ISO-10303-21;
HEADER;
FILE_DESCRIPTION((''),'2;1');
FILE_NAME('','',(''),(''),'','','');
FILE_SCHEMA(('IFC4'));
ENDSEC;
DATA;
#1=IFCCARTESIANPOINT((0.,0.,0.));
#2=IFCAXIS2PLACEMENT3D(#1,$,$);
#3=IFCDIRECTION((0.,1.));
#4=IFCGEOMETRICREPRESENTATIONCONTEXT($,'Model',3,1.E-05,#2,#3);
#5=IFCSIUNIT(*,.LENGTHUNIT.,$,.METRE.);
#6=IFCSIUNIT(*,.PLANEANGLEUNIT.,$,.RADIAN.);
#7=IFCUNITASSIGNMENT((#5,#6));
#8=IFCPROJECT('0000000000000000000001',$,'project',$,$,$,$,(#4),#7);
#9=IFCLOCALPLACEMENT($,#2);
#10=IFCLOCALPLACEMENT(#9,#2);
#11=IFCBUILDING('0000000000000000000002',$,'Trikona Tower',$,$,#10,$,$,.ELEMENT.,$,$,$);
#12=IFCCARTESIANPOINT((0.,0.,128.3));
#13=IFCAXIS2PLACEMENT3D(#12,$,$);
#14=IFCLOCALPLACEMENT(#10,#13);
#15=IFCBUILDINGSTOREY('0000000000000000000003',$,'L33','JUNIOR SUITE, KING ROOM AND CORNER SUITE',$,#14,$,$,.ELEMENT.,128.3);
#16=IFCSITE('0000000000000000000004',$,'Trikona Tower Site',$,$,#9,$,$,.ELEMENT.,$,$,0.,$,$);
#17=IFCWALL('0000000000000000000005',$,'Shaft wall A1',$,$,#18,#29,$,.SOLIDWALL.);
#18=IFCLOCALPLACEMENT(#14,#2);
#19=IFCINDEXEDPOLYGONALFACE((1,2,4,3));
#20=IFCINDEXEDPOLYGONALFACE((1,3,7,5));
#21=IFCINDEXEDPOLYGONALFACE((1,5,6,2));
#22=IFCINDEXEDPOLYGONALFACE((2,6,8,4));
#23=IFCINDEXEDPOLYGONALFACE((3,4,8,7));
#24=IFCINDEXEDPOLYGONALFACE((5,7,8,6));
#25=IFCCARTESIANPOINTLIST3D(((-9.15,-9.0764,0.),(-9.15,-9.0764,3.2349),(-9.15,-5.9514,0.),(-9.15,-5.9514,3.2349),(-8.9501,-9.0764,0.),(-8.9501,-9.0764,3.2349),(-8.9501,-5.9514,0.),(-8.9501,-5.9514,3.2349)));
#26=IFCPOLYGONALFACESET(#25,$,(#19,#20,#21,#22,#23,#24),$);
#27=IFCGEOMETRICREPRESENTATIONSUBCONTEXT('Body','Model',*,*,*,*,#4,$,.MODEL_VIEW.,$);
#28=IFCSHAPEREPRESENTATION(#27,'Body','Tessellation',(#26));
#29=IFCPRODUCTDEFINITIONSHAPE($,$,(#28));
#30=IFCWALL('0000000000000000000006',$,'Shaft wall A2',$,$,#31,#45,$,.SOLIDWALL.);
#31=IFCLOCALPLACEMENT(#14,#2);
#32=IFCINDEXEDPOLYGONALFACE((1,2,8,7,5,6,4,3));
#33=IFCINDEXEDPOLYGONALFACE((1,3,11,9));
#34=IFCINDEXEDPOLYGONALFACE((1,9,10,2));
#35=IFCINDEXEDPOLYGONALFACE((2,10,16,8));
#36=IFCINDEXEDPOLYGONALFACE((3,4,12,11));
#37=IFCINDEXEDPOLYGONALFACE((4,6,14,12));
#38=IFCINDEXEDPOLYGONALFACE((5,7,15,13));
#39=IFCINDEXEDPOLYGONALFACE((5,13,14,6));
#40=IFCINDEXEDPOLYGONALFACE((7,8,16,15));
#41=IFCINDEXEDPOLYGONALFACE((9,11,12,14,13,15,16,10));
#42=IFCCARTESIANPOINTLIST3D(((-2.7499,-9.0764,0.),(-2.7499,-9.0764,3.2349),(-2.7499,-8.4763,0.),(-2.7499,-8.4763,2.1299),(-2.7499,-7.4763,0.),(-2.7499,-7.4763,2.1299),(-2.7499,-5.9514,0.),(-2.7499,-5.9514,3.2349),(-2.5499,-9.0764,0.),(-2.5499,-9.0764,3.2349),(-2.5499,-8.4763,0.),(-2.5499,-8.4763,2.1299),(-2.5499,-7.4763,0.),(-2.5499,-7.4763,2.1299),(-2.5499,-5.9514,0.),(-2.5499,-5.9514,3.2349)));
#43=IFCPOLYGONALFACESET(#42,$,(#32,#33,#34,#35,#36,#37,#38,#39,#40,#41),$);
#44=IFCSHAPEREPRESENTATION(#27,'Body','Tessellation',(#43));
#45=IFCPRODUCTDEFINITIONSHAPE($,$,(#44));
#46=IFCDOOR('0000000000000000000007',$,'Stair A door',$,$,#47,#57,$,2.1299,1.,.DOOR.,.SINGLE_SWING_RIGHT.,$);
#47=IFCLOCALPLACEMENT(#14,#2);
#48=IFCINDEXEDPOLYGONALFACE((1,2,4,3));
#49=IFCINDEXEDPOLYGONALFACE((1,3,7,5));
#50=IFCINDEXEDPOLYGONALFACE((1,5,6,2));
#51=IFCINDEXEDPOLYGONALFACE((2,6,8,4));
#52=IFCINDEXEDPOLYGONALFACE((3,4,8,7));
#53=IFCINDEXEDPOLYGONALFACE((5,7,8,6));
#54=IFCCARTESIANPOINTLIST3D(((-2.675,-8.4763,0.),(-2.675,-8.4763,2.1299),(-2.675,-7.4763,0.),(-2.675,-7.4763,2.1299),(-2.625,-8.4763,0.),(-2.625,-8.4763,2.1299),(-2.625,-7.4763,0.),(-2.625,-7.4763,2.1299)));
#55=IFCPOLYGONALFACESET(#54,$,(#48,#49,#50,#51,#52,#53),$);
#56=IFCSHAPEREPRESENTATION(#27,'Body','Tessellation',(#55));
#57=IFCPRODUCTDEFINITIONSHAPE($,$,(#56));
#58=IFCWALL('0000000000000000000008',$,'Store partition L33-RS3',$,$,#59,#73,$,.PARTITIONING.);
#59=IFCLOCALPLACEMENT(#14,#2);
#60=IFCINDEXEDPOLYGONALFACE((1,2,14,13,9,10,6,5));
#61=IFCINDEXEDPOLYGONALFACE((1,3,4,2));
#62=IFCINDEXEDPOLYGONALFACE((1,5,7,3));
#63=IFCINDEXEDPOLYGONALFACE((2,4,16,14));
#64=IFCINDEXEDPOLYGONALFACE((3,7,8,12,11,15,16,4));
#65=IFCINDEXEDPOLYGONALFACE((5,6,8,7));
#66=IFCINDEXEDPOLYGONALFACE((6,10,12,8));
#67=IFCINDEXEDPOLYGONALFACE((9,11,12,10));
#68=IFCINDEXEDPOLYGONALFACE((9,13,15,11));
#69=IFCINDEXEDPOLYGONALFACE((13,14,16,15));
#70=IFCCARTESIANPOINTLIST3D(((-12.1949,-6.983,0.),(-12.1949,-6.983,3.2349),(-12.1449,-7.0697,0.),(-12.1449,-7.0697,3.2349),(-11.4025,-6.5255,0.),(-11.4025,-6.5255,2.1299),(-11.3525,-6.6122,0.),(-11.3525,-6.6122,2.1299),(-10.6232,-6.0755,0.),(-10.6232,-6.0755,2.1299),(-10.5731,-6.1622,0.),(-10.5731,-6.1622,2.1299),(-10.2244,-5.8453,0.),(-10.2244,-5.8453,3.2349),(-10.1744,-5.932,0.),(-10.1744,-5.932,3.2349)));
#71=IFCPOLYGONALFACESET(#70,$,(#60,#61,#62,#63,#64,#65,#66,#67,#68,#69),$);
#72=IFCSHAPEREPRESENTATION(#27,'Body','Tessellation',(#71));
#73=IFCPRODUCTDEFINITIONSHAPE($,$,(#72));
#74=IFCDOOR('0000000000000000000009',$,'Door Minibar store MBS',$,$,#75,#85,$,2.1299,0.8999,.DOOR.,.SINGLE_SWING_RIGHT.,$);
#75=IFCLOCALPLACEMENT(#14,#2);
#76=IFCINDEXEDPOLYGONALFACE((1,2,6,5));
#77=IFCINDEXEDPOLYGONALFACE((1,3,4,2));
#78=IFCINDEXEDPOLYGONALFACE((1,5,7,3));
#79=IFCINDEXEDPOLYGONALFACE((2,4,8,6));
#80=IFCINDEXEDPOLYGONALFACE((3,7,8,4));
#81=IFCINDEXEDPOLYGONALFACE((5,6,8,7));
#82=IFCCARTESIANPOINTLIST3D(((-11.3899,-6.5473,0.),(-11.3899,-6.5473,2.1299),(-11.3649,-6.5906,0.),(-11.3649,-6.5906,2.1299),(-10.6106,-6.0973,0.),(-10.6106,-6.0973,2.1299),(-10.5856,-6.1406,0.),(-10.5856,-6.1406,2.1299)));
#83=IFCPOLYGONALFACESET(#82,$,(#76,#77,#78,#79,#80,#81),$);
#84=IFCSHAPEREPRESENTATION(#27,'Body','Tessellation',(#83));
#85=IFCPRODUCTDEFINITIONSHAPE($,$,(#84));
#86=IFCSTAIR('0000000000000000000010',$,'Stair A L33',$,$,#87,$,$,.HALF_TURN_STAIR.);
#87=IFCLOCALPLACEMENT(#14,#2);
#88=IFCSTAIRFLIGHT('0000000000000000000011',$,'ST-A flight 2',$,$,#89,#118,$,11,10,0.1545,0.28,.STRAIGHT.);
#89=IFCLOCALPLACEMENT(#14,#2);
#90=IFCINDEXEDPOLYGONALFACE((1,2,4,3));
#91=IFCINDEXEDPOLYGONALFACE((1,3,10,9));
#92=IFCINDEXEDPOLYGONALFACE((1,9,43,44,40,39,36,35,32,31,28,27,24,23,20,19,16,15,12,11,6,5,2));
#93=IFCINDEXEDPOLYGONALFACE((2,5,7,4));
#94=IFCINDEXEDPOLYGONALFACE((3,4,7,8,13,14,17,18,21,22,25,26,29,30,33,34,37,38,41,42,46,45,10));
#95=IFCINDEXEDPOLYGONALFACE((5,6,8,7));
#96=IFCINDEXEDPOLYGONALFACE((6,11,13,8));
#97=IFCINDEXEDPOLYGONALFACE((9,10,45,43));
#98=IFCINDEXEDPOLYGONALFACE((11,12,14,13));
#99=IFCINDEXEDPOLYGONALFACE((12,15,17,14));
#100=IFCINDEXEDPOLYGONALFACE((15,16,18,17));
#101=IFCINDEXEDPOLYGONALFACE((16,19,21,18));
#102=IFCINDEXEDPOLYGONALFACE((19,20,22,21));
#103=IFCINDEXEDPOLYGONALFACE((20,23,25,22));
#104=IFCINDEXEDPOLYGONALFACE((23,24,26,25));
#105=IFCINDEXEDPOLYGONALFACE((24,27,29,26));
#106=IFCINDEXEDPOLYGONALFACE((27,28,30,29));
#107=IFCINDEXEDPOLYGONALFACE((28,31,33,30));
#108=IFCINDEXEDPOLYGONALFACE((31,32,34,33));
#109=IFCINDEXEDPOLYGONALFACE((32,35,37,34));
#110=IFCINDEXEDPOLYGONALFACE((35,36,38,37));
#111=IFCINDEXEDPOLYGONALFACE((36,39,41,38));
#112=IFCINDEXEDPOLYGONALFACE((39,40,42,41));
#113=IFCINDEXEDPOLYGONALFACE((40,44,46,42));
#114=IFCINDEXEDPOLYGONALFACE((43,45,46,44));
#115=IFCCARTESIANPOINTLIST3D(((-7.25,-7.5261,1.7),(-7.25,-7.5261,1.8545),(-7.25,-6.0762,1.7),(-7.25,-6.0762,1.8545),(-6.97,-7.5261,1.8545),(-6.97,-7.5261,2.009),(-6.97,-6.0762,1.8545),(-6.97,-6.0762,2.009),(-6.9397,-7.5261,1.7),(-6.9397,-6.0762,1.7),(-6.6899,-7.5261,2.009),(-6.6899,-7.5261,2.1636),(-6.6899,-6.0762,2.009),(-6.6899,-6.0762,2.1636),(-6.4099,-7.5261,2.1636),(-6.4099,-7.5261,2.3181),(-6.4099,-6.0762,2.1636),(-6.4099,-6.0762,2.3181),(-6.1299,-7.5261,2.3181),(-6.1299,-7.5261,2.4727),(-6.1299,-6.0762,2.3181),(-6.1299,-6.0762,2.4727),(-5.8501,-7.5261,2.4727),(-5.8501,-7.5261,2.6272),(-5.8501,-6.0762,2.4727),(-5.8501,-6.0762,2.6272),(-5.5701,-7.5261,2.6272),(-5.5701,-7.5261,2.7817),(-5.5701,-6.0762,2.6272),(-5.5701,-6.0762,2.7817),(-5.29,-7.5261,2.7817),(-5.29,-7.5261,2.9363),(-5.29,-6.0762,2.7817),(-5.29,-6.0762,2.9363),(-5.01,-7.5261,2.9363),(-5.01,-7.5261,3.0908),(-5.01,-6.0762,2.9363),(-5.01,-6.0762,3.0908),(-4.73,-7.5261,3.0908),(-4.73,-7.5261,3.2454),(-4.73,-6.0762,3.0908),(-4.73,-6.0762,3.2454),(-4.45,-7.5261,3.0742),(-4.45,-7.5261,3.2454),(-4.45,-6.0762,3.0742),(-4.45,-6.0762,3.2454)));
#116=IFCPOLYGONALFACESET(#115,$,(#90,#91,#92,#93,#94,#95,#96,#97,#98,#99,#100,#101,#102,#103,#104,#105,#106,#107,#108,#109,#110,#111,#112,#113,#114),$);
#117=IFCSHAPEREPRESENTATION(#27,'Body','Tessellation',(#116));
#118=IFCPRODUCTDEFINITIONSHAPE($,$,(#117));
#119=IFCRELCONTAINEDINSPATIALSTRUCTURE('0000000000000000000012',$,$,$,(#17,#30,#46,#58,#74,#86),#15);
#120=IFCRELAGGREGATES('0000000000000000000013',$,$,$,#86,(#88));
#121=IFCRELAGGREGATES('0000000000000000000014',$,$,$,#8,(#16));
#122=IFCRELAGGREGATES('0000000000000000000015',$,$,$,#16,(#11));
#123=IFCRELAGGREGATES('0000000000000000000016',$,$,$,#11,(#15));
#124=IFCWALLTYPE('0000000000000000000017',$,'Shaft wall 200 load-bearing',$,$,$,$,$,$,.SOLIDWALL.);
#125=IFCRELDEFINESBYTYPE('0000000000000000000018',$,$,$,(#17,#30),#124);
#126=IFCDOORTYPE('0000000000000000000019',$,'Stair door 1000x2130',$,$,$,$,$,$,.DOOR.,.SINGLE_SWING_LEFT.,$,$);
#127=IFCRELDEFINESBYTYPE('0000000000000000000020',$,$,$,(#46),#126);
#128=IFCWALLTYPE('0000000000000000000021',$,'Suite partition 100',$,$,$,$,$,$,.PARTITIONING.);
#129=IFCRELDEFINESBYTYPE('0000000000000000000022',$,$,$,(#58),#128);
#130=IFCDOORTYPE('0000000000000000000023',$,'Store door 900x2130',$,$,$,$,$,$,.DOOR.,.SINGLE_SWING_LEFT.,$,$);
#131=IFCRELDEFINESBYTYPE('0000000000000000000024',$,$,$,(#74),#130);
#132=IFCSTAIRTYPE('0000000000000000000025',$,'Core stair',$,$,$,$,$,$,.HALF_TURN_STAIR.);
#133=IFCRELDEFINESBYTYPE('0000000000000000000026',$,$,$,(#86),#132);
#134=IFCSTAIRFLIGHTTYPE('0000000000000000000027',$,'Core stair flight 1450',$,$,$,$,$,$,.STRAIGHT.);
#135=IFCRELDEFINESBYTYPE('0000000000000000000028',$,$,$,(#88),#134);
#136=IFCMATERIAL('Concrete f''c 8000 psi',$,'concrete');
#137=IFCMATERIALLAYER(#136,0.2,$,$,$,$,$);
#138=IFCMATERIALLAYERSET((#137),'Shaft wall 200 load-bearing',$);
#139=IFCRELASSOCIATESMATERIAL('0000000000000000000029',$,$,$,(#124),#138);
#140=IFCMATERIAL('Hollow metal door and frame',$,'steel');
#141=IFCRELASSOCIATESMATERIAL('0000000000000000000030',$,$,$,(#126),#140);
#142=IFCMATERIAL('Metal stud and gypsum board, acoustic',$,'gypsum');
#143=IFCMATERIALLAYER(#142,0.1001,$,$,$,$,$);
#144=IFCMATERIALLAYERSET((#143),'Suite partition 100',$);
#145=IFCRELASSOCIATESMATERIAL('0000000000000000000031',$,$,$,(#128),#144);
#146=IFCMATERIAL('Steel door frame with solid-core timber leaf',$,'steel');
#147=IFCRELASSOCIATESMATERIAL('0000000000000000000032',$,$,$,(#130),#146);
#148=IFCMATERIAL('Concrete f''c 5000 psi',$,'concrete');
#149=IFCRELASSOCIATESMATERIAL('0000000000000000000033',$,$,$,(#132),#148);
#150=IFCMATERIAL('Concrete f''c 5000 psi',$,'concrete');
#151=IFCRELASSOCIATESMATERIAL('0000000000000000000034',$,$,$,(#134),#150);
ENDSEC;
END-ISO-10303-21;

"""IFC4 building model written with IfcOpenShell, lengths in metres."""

from ifc_helpers import new_model, si_unit, direction, frame, frame_2d, origin, place, context, subcontext, project, spatial, polyline, rectangle, outline, extrude, material, layer, layer_set, type_object, element, fill, aggregate, save


model = new_model("IFC4")

# Units and contexts
model_context = context("Model", 3, precision=1e-05, world=origin(), true_north=direction((0.0, 1.0)))
body_context = subcontext(model_context, "Body", "Model", "MODEL_VIEW")
ifc_project = project(units=[si_unit("LENGTHUNIT", "METRE"), si_unit("PLANEANGLEUNIT", "RADIAN")], contexts=[model_context])

# Site, building, storey
site_placement = place(None, origin())
site = spatial("IfcSite", under=ifc_project, at=site_placement, Name="Trikona Tower Site", CompositionType="ELEMENT", RefElevation=0.0)
building_placement = place(site_placement, origin())
building = spatial("IfcBuilding", under=site, at=building_placement, Name="Trikona Tower", CompositionType="ELEMENT")
storey_placement = place(building_placement, frame((0.0, 0.0, 128.3)))
storey = spatial("IfcBuildingStorey", under=building, at=storey_placement, Name="L33", Description="JUNIOR SUITE, KING ROOM AND CORNER SUITE", CompositionType="ELEMENT", Elevation=128.3)

# Wall
ifc_material_1 = material(Name="Concrete f'c 8000 psi", Category="concrete")
ifc_layer_1 = layer(ifc_material_1, 0.2)
ifc_layer_set_1 = layer_set([ifc_layer_1], Name="Shaft wall 200 load-bearing")
wall_type_1 = type_object("IfcWallType", Name="Shaft wall 200 load-bearing", PredefinedType="SOLIDWALL", material=ifc_layer_set_1)
wall_1_placement = place(storey_placement, frame((-9.05, -5.9514, 0.0), z_axis=(0.0, 0.0, 1.0), x_axis=(0.0, -1.0, 0.0)))
element("IfcWall", 1, at=wall_1_placement, inside=storey, type_object=wall_type_1, Name="Shaft wall A1", PredefinedType="SOLIDWALL", context=body_context, shape_type="SweptSolid", body=[
    extrude(rectangle(XDim=3.125, YDim=0.2, at=frame_2d((1.5625, 0.0))), origin(), (0.0, 0.0, 1.0), 3.2349),
])

# Walls, openings, doors
wall_2_placement = place(storey_placement, frame((-2.6499, -5.9514, 0.0), z_axis=(0.0, 0.0, 1.0), x_axis=(0.0, -1.0, 0.0)))
wall_2 = element("IfcWall", 2, at=wall_2_placement, inside=storey, type_object=wall_type_1, Name="Shaft wall A2", PredefinedType="SOLIDWALL", context=body_context, shape_type="SweptSolid", body=[
    extrude(rectangle(XDim=3.125, YDim=0.2, at=frame_2d((1.5625, 0.0))), origin(), (0.0, 0.0, 1.0), 3.2349),
])
opening_1_placement = place(wall_2_placement, frame((1.5249, 0.0, 0.0)))
opening_1 = element("IfcOpeningElement", 3, at=opening_1_placement, cuts=wall_2, PredefinedType="OPENING", context=body_context, shape_type="SweptSolid", body=[
    extrude(rectangle(XDim=1.0, YDim=2.1299, at=frame_2d((0.5, 1.0649))), frame((0.0, 0.1099, 0.0), z_axis=(0.0, -1.0, 0.0), x_axis=(1.0, 0.0, 0.0)), (0.0, 0.0, 1.0), 0.22),
])
ifc_material_2 = material(Name="Hollow metal door and frame", Category="steel")
door_type_1 = type_object("IfcDoorType", Name="Stair door 1000x2130", OperationType="SINGLE_SWING_LEFT", PredefinedType="DOOR", material=ifc_material_2)
door_1_placement = place(opening_1_placement, origin())
door_1 = element("IfcDoor", 4, at=door_1_placement, inside=storey, type_object=door_type_1, Name="Stair A door", OperationType="SINGLE_SWING_RIGHT", OverallHeight=2.1299, OverallWidth=1.0, PredefinedType="DOOR", context=body_context, shape_type="SweptSolid", body=[
    extrude(rectangle(XDim=1.0, YDim=2.1299, at=frame_2d((0.5, 1.0649))), frame((0.0, 0.0249, 0.0), z_axis=(0.0, -1.0, 0.0), x_axis=(1.0, 0.0, 0.0)), (0.0, 0.0, 1.0), 0.05),
])
fill(opening_1, door_1)
ifc_material_3 = material(Name="Metal stud and gypsum board, acoustic", Category="gypsum")
ifc_layer_2 = layer(ifc_material_3, 0.1001)
ifc_layer_set_2 = layer_set([ifc_layer_2], Name="Suite partition 100")
wall_type_2 = type_object("IfcWallType", Name="Suite partition 100", PredefinedType="PARTITIONING", material=ifc_layer_set_2)
wall_3_placement = place(storey_placement, frame((-12.1699, -7.0264, 0.0), z_axis=(0.0, 0.0, 1.0), x_axis=(0.866016, 0.500017, 0.0)))
wall_3 = element("IfcWall", 5, at=wall_3_placement, inside=storey, type_object=wall_type_2, Name="Store partition L33-RS3", PredefinedType="PARTITIONING", context=body_context, shape_type="SweptSolid", body=[
    extrude(rectangle(XDim=2.2754, YDim=0.1001, at=frame_2d((1.1377, 0.0))), origin(), (0.0, 0.0, 1.0), 3.2349),
])
opening_2_placement = place(wall_3_placement, frame((0.915, 0.0, 0.0)))
opening_2 = element("IfcOpeningElement", 6, at=opening_2_placement, cuts=wall_3, PredefinedType="OPENING", context=body_context, shape_type="SweptSolid", body=[
    extrude(rectangle(XDim=0.8999, YDim=2.1299, at=frame_2d((0.45, 1.0649))), frame((0.0, 0.0601, 0.0), z_axis=(0.0, -1.0, 0.0), x_axis=(1.0, 0.0, 0.0)), (0.0, 0.0, 1.0), 0.1201),
])
ifc_material_4 = material(Name="Steel door frame with solid-core timber leaf", Category="steel")
door_type_2 = type_object("IfcDoorType", Name="Store door 900x2130", OperationType="SINGLE_SWING_LEFT", PredefinedType="DOOR", material=ifc_material_4)
door_2_placement = place(opening_2_placement, origin())
door_2 = element("IfcDoor", 7, at=door_2_placement, inside=storey, type_object=door_type_2, Name="Door Minibar store MBS", OperationType="SINGLE_SWING_RIGHT", OverallHeight=2.1299, OverallWidth=0.8999, PredefinedType="DOOR", context=body_context, shape_type="SweptSolid", body=[
    extrude(rectangle(XDim=0.8999, YDim=2.1299, at=frame_2d((0.45, 1.0649))), frame((0.0, 0.0249, 0.0), z_axis=(0.0, -1.0, 0.0), x_axis=(1.0, 0.0, 0.0)), (0.0, 0.0, 1.0), 0.05),
])
fill(opening_2, door_2)

# Stair, stair flight
ifc_material_5 = material(Name="Concrete f'c 5000 psi", Category="concrete")
stair_type = type_object("IfcStairType", Name="Core stair", PredefinedType="HALF_TURN_STAIR", material=ifc_material_5)
stair_placement = place(storey_placement, origin())
stair = element("IfcStair", 8, at=stair_placement, inside=storey, type_object=stair_type, Name="Stair A L33", PredefinedType="HALF_TURN_STAIR")
ifc_material_6 = material(Name="Concrete f'c 5000 psi", Category="concrete")
stair_flight_type = type_object("IfcStairFlightType", Name="Core stair flight 1450", PredefinedType="STRAIGHT", material=ifc_material_6)
stair_flight_placement = place(storey_placement, frame((-7.25, -6.8013, 1.7), z_axis=(0.0, 0.0, 1.0), x_axis=(1.0, 0.0, 0.0)))
stair_flight = element("IfcStairFlight", 9, at=stair_flight_placement, type_object=stair_flight_type, Name="ST-A flight 2", NumberOfRisers=11, NumberOfTreads=10, PredefinedType="STRAIGHT", RiserHeight=0.1545, TreadLength=0.28, context=body_context, shape_type="SweptSolid", body=[
    extrude(outline(polyline([(0.0, 0.0), (0.0, 0.1545), (0.28, 0.1545), (0.28, 0.3091), (0.5601, 0.3091), (0.5601, 0.4636), (0.8401, 0.4636), (0.8401, 0.6182), (1.1201, 0.6182), (1.1201, 0.7727), (1.3999, 0.7727), (1.3999, 0.9272), (1.6799, 0.9272), (1.6799, 1.0818), (1.96, 1.0818), (1.96, 1.2363), (2.24, 1.2363), (2.24, 1.3909), (2.52, 1.3909), (2.52, 1.5454), (2.8, 1.5454), (2.8, 1.7), (2.8, 1.3743), (0.3103, 0.0), (0.0, 0.0)])), frame((0.0, 0.7251, 0.0), z_axis=(0.0, -1.0, 0.0), x_axis=(1.0, 0.0, 0.0)), (0.0, 0.0, 1.0), 1.45),
])
aggregate(stair, [stair_flight])

save(model, "model.ifc")
